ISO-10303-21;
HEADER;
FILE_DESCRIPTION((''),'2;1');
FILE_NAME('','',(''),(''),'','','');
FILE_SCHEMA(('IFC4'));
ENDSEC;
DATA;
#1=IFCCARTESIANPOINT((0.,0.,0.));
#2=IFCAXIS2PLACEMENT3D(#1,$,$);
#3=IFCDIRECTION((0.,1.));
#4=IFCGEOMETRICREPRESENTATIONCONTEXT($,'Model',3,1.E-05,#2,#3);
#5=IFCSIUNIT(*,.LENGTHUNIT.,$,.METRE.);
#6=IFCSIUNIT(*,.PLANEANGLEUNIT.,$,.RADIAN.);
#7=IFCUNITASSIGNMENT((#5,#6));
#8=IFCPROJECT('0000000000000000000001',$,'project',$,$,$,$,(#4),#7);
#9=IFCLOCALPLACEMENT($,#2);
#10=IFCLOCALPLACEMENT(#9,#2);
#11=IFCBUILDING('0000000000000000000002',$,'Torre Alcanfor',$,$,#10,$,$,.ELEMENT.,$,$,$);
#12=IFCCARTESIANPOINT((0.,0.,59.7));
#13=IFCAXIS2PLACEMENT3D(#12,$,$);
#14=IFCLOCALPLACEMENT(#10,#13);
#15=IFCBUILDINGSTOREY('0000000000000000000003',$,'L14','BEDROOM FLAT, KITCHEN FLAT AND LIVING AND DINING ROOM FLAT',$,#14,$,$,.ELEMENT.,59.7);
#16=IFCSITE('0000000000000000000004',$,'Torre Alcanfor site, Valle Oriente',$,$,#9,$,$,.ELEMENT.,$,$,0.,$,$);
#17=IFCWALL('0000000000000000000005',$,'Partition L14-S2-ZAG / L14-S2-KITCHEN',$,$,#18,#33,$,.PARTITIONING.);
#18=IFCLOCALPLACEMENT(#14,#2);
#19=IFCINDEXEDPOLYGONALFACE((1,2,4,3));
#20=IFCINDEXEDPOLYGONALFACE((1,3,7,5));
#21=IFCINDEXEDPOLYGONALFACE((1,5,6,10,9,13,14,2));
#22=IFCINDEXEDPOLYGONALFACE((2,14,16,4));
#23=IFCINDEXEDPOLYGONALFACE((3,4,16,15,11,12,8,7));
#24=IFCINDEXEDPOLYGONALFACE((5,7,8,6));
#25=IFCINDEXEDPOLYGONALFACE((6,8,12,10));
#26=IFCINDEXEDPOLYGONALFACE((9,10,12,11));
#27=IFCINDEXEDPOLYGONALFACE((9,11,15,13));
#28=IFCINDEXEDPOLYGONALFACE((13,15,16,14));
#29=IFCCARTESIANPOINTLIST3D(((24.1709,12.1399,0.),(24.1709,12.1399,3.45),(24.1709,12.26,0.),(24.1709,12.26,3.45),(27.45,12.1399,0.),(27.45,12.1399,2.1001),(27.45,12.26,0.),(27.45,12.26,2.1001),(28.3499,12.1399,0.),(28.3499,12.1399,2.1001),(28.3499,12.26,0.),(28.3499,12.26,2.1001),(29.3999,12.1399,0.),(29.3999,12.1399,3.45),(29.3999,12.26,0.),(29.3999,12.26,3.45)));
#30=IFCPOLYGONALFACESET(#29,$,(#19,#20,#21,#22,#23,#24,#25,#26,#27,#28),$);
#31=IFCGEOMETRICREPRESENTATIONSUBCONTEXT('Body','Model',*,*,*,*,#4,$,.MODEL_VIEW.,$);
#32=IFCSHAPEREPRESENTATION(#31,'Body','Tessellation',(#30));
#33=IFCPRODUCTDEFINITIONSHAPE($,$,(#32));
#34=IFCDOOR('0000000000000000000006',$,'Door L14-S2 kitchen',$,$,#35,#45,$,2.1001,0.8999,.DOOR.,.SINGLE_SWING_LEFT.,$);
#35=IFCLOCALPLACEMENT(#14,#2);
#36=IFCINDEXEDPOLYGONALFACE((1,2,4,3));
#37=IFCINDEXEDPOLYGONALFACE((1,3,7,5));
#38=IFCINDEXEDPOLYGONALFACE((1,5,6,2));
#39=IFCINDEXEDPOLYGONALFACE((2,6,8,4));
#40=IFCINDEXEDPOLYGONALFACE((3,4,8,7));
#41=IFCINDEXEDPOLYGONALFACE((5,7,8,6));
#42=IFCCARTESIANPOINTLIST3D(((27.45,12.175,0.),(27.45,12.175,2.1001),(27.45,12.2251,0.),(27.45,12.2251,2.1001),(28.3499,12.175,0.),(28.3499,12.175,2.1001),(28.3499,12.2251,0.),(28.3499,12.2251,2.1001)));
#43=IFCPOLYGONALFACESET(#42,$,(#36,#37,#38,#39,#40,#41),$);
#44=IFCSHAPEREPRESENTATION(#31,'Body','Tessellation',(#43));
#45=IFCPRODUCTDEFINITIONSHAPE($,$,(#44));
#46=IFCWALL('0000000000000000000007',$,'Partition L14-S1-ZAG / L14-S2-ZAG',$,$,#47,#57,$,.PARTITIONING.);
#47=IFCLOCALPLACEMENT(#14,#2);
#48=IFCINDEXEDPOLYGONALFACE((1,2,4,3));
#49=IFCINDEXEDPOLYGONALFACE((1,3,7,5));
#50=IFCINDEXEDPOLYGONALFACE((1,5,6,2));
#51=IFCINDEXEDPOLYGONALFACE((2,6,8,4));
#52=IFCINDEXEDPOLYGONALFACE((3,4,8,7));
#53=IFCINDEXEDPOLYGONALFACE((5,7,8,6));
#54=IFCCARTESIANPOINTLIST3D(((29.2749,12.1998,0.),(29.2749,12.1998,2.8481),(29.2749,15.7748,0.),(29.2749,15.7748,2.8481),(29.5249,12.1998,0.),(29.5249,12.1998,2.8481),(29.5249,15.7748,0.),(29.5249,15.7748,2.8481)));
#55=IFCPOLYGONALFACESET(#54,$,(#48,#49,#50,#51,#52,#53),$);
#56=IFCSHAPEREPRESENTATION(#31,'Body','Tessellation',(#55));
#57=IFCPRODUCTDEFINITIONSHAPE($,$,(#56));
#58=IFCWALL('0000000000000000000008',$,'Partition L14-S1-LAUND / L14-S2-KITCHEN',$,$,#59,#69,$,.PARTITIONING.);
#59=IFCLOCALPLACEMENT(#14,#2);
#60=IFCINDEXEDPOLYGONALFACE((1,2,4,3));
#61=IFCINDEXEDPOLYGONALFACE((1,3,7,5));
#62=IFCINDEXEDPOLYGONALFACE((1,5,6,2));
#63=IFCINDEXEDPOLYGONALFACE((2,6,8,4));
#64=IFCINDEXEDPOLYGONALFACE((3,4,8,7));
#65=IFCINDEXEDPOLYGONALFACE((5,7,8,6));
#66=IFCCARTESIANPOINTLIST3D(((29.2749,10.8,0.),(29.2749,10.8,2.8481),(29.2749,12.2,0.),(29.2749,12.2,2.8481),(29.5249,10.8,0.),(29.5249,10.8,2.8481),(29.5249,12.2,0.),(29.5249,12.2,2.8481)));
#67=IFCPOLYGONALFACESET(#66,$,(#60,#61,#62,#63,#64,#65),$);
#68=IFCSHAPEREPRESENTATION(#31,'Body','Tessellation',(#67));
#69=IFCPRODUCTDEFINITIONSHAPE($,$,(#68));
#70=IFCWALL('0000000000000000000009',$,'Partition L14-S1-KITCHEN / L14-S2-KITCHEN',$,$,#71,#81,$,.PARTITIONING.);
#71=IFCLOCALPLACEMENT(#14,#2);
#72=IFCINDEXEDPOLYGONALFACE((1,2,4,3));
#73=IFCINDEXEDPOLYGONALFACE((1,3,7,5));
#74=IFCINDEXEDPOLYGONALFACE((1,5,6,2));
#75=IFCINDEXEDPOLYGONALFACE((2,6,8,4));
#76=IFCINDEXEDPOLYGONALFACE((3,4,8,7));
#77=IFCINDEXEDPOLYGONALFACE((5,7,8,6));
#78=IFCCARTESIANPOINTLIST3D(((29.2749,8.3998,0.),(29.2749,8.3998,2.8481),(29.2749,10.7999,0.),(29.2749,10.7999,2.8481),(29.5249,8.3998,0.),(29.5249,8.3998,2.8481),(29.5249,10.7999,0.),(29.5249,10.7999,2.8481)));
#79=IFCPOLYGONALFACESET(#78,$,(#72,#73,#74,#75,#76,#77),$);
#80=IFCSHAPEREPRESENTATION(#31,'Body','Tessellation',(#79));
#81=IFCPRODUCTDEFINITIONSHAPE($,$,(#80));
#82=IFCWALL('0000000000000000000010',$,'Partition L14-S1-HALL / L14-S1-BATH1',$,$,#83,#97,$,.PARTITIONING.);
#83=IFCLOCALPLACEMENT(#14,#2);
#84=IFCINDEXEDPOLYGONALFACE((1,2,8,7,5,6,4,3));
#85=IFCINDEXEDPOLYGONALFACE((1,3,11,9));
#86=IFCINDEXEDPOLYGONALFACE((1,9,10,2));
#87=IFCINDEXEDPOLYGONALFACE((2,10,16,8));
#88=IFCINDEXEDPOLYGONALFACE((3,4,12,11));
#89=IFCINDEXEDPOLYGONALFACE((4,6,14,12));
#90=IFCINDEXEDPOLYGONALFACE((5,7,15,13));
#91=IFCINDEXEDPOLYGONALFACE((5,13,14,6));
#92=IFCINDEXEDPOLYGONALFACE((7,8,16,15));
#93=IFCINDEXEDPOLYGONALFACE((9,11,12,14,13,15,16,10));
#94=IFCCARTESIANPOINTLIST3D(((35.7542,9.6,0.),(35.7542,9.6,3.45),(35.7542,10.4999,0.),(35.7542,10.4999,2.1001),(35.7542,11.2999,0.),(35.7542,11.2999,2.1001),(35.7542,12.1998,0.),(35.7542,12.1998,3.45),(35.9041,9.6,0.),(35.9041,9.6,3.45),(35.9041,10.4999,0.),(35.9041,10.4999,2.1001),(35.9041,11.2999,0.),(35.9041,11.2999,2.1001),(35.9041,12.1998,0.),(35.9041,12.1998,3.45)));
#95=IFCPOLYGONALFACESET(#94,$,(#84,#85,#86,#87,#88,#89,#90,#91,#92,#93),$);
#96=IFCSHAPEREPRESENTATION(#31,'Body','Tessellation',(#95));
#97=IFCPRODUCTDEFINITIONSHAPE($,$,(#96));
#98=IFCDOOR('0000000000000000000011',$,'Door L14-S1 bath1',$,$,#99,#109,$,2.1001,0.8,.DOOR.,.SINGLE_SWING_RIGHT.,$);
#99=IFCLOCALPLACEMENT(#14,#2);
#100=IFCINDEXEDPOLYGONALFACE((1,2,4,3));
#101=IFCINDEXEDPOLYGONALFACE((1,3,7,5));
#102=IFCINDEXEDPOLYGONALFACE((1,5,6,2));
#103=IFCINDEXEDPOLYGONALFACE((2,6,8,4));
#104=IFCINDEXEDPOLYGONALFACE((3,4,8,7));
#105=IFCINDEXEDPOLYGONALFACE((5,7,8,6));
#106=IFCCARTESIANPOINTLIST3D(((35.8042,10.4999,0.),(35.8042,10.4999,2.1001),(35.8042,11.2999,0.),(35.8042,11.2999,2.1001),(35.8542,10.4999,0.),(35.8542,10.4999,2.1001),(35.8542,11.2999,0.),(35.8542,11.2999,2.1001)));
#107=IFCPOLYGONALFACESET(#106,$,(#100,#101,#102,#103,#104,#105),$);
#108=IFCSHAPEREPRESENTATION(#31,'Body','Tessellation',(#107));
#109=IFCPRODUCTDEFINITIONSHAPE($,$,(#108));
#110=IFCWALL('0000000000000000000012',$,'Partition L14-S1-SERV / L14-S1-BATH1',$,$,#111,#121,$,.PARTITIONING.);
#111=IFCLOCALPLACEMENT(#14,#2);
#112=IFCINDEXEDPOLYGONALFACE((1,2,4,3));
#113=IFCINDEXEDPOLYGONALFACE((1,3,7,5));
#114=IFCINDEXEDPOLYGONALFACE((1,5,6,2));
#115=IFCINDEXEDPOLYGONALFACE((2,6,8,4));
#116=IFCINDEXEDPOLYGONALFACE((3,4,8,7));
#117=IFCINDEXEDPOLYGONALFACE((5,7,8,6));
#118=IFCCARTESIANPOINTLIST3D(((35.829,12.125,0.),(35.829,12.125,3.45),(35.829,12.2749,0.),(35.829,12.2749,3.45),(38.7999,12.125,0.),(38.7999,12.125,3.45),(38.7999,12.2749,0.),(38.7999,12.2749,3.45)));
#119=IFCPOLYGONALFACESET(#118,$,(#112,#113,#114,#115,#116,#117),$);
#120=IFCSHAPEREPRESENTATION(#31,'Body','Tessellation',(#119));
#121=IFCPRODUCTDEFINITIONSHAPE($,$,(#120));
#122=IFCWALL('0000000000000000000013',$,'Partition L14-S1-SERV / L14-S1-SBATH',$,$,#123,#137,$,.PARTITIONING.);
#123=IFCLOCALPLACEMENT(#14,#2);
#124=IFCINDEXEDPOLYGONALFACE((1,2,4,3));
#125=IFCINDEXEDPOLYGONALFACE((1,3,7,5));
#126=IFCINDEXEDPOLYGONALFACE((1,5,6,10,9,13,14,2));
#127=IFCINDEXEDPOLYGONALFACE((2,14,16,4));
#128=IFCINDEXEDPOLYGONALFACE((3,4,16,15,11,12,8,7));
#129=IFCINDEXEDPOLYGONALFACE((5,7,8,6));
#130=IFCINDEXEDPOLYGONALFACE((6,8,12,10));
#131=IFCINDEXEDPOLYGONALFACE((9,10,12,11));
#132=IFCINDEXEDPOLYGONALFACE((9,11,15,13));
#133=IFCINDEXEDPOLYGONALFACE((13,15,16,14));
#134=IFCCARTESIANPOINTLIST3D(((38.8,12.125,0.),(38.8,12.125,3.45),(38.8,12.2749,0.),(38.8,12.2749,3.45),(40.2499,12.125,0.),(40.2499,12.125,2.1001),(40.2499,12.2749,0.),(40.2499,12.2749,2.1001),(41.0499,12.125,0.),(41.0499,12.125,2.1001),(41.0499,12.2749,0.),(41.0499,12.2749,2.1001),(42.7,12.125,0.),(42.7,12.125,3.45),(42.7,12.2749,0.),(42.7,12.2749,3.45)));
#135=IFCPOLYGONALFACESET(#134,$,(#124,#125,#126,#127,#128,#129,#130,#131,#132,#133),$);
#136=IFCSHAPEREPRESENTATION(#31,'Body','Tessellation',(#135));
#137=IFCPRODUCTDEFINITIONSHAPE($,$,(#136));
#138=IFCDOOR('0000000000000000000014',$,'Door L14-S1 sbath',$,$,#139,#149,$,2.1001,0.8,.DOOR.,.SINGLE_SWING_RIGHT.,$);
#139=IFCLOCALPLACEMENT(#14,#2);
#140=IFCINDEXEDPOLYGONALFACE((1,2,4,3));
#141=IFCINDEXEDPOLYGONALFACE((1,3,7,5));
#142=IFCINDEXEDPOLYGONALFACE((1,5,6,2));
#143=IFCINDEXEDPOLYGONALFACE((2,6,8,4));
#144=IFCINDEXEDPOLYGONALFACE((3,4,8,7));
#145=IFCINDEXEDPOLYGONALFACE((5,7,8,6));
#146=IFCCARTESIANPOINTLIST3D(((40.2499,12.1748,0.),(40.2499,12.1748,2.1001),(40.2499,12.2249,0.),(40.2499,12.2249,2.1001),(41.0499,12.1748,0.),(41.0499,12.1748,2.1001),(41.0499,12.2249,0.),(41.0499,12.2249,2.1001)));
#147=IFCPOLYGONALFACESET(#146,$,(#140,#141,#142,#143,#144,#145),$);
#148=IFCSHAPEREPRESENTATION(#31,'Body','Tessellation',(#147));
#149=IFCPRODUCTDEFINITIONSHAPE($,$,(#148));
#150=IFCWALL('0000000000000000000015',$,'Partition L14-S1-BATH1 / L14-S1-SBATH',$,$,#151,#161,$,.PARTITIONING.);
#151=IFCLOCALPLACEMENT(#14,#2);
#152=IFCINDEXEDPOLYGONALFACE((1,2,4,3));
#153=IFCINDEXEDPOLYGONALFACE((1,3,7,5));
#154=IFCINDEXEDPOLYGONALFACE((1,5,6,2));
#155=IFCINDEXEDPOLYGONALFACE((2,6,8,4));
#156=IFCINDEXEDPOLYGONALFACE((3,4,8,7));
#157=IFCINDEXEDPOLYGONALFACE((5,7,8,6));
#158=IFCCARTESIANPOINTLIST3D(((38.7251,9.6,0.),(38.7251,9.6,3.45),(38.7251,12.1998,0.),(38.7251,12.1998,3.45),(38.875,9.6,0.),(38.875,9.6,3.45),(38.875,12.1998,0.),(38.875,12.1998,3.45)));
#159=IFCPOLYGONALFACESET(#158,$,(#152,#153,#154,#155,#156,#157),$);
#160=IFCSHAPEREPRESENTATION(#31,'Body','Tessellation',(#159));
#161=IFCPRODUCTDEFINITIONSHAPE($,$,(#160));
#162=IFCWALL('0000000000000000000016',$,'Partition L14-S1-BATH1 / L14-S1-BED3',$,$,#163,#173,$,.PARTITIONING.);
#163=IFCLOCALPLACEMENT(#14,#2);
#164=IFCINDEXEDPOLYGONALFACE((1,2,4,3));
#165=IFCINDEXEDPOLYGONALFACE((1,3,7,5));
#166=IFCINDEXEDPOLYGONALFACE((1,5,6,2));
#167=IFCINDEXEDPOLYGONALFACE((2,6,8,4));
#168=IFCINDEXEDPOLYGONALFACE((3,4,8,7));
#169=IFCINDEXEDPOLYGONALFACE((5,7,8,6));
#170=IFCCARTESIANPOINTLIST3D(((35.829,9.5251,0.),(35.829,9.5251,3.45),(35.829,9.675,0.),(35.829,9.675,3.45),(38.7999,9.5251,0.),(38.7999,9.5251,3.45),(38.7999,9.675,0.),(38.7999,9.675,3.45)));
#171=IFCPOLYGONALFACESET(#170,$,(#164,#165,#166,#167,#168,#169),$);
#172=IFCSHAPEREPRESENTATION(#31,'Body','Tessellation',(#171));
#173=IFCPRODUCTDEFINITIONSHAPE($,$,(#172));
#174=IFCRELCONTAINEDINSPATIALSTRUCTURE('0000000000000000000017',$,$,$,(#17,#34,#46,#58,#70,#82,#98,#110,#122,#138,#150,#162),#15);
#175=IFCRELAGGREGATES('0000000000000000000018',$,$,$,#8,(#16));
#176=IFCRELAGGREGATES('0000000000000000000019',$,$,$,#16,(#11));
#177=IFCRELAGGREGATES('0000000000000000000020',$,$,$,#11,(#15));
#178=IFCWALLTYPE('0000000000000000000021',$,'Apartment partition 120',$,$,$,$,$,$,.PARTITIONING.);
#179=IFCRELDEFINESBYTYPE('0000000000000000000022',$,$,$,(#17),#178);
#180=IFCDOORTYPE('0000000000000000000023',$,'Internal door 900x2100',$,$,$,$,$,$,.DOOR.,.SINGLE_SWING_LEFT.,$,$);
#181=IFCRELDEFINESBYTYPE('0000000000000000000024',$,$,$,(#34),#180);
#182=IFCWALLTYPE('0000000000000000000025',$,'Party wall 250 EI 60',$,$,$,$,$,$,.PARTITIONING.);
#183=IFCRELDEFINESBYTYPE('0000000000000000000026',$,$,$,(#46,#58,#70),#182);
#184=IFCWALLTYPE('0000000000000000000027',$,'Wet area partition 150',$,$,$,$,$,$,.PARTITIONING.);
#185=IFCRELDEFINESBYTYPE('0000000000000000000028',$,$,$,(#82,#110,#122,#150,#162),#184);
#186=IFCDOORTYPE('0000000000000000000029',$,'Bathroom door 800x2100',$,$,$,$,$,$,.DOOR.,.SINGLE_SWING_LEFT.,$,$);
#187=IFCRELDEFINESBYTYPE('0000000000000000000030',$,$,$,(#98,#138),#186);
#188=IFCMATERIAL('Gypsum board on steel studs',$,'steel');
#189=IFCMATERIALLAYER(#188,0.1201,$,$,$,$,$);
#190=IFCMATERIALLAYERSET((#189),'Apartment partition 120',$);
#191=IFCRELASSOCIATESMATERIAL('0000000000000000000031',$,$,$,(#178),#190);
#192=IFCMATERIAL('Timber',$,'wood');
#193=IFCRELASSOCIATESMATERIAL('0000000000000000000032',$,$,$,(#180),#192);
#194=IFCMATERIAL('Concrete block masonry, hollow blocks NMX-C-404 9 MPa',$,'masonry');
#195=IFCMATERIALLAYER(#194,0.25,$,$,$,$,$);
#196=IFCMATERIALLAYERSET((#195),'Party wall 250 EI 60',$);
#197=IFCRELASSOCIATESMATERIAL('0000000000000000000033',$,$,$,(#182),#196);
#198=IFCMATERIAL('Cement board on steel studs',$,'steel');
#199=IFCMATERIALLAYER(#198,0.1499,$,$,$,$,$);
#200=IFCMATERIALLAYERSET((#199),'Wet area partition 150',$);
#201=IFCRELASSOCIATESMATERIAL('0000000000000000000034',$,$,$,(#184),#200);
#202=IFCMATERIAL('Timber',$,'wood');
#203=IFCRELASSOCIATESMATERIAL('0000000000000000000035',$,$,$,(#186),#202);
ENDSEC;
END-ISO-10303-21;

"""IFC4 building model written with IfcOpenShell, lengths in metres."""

from ifc_helpers import new_model, si_unit, direction, frame, frame_2d, origin, place, context, subcontext, project, spatial, rectangle, extrude, material, layer, layer_set, type_object, element, fill, save


model = new_model("IFC4")

# Units and contexts
model_context = context("Model", 3, precision=1e-05, world=origin(), true_north=direction((0.0, 1.0)))
body_context = subcontext(model_context, "Body", "Model", "MODEL_VIEW")
ifc_project = project(units=[si_unit("LENGTHUNIT", "METRE"), si_unit("PLANEANGLEUNIT", "RADIAN")], contexts=[model_context])

# Site, building, storey
site_placement = place(None, origin())
site = spatial("IfcSite", under=ifc_project, at=site_placement, Name="Torre Alcanfor site, Valle Oriente", CompositionType="ELEMENT", RefElevation=0.0)
building_placement = place(site_placement, origin())
building = spatial("IfcBuilding", under=site, at=building_placement, Name="Torre Alcanfor", CompositionType="ELEMENT")
storey_placement = place(building_placement, frame((0.0, 0.0, 59.7)))
storey = spatial("IfcBuildingStorey", under=building, at=storey_placement, Name="L14", Description="BEDROOM FLAT, KITCHEN FLAT AND LIVING AND DINING ROOM FLAT", CompositionType="ELEMENT", Elevation=59.7)

# Shared definitions
ifc_material_1 = material(Name="Gypsum board on steel studs", Category="steel")
ifc_layer_1 = layer(ifc_material_1, 0.1201)
ifc_layer_set_1 = layer_set([ifc_layer_1], Name="Apartment partition 120")
wall_type_1 = type_object("IfcWallType", Name="Apartment partition 120", PredefinedType="PARTITIONING", material=ifc_layer_set_1)

# Wall, opening, door
ifc_material_2 = material(Name="Timber", Category="wood")
door_type_1 = type_object("IfcDoorType", Name="Internal door 900x2100", OperationType="SINGLE_SWING_LEFT", PredefinedType="DOOR", material=ifc_material_2)
wall_1_placement = place(storey_placement, frame((29.3999, 12.2, 0.0), z_axis=(0.0, 0.0, 1.0), x_axis=(-1.0, 0.0, 0.0)))
wall_1 = element("IfcWall", 1, at=wall_1_placement, inside=storey, type_object=wall_type_1, Name="Partition L14-S2-ZAG / L14-S2-KITCHEN", PredefinedType="PARTITIONING", context=body_context, shape_type="SweptSolid", body=[
    extrude(rectangle(XDim=5.229, YDim=0.1201, at=frame_2d((2.6145, 0.0))), origin(), (0.0, 0.0, 1.0), 3.45),
])
opening_1_placement = place(wall_1_placement, frame((1.05, 0.0, 0.0)))
opening_1 = element("IfcOpeningElement", 2, at=opening_1_placement, cuts=wall_1, PredefinedType="OPENING", context=body_context, shape_type="SweptSolid", body=[
    extrude(rectangle(XDim=0.8999, YDim=2.1001, at=frame_2d((0.45, 1.05))), frame((0.0, 0.0701, 0.0), z_axis=(0.0, -1.0, 0.0), x_axis=(1.0, 0.0, 0.0)), (0.0, 0.0, 1.0), 0.1401),
])
door_1_placement = place(opening_1_placement, origin())
door_1 = element("IfcDoor", 3, at=door_1_placement, inside=storey, type_object=door_type_1, Name="Door L14-S2 kitchen", OperationType="SINGLE_SWING_LEFT", OverallHeight=2.1001, OverallWidth=0.8999, PredefinedType="DOOR", context=body_context, shape_type="SweptSolid", body=[
    extrude(rectangle(XDim=0.8999, YDim=2.1001, at=frame_2d((0.45, 1.05))), frame((0.0, 0.0249, 0.0), z_axis=(0.0, -1.0, 0.0), x_axis=(1.0, 0.0, 0.0)), (0.0, 0.0, 1.0), 0.05),
])
fill(opening_1, door_1)

# Walls
ifc_material_3 = material(Name="Concrete block masonry, hollow blocks NMX-C-404 9 MPa", Category="masonry")
ifc_layer_2 = layer(ifc_material_3, 0.25)
ifc_layer_set_2 = layer_set([ifc_layer_2], Name="Party wall 250 EI 60")
wall_type_2 = type_object("IfcWallType", Name="Party wall 250 EI 60", PredefinedType="PARTITIONING", material=ifc_layer_set_2)
wall_2_placement = place(storey_placement, frame((29.3999, 15.7749, 0.0), z_axis=(0.0, 0.0, 1.0), x_axis=(0.0, -1.0, 0.0)))
element("IfcWall", 4, at=wall_2_placement, inside=storey, type_object=wall_type_2, Name="Partition L14-S1-ZAG / L14-S2-ZAG", PredefinedType="PARTITIONING", context=body_context, shape_type="SweptSolid", body=[
    extrude(rectangle(XDim=3.575, YDim=0.25, at=frame_2d((1.7876, 0.0))), origin(), (0.0, 0.0, 1.0), 2.8481),
])
wall_3_placement = place(storey_placement, frame((29.3999, 12.2, 0.0), z_axis=(0.0, 0.0, 1.0), x_axis=(0.0, -1.0, 0.0)))
element("IfcWall", 5, at=wall_3_placement, inside=storey, type_object=wall_type_2, Name="Partition L14-S1-LAUND / L14-S2-KITCHEN", PredefinedType="PARTITIONING", context=body_context, shape_type="SweptSolid", body=[
    extrude(rectangle(XDim=1.3999, YDim=0.25, at=frame_2d((0.7, 0.0))), origin(), (0.0, 0.0, 1.0), 2.8481),
])
wall_4_placement = place(storey_placement, frame((29.3999, 10.8, 0.0), z_axis=(0.0, 0.0, 1.0), x_axis=(0.0, -1.0, 0.0)))
element("IfcWall", 6, at=wall_4_placement, inside=storey, type_object=wall_type_2, Name="Partition L14-S1-KITCHEN / L14-S2-KITCHEN", PredefinedType="PARTITIONING", context=body_context, shape_type="SweptSolid", body=[
    extrude(rectangle(XDim=2.4001, YDim=0.25, at=frame_2d((1.2002, 0.0))), origin(), (0.0, 0.0, 1.0), 2.8481),
])

# Wall, opening, door
ifc_material_4 = material(Name="Cement board on steel studs", Category="steel")
ifc_layer_3 = layer(ifc_material_4, 0.1499)
ifc_layer_set_3 = layer_set([ifc_layer_3], Name="Wet area partition 150")
wall_type_3 = type_object("IfcWallType", Name="Wet area partition 150", PredefinedType="PARTITIONING", material=ifc_layer_set_3)
wall_5_placement = place(storey_placement, frame((35.8291, 9.6001, 0.0), z_axis=(0.0, 0.0, 1.0), x_axis=(0.0, 1.0, 0.0)))
wall_5 = element("IfcWall", 7, at=wall_5_placement, inside=storey, type_object=wall_type_3, Name="Partition L14-S1-HALL / L14-S1-BATH1", PredefinedType="PARTITIONING", context=body_context, shape_type="SweptSolid", body=[
    extrude(rectangle(XDim=2.5999, YDim=0.1499, at=frame_2d((1.2998, 0.0))), origin(), (0.0, 0.0, 1.0), 3.45),
])
opening_2_placement = place(wall_5_placement, frame((0.8999, 0.0, 0.0)))
opening_2 = element("IfcOpeningElement", 8, at=opening_2_placement, cuts=wall_5, PredefinedType="OPENING", context=body_context, shape_type="SweptSolid", body=[
    extrude(rectangle(XDim=0.8, YDim=2.1001, at=frame_2d((0.3999, 1.05))), frame((0.0, 0.085, 0.0), z_axis=(0.0, -1.0, 0.0), x_axis=(1.0, 0.0, 0.0)), (0.0, 0.0, 1.0), 0.1699),
])
ifc_material_5 = material(Name="Timber", Category="wood")
door_type_2 = type_object("IfcDoorType", Name="Bathroom door 800x2100", OperationType="SINGLE_SWING_LEFT", PredefinedType="DOOR", material=ifc_material_5)
door_2_placement = place(opening_2_placement, frame((0.8, 0.0, 0.0), z_axis=(0.0, 0.0, 1.0), x_axis=(-1.0, 0.0, 0.0)))
door_2 = element("IfcDoor", 9, at=door_2_placement, inside=storey, type_object=door_type_2, Name="Door L14-S1 bath1", OperationType="SINGLE_SWING_RIGHT", OverallHeight=2.1001, OverallWidth=0.8, PredefinedType="DOOR", context=body_context, shape_type="SweptSolid", body=[
    extrude(rectangle(XDim=0.8, YDim=2.1001, at=frame_2d((0.4001, 1.05))), frame((0.0, 0.0251, 0.0), z_axis=(0.0, -1.0, 0.0), x_axis=(1.0, 0.0, 0.0)), (0.0, 0.0, 1.0), 0.05),
])
fill(opening_2, door_2)

# Wall
wall_6_placement = place(storey_placement, frame((35.8291, 12.2, 0.0), z_axis=(0.0, 0.0, 1.0), x_axis=(1.0, 0.0, 0.0)))
element("IfcWall", 10, at=wall_6_placement, inside=storey, type_object=wall_type_3, Name="Partition L14-S1-SERV / L14-S1-BATH1", PredefinedType="PARTITIONING", context=body_context, shape_type="SweptSolid", body=[
    extrude(rectangle(XDim=2.9709, YDim=0.1499, at=frame_2d((1.4854, 0.0))), origin(), (0.0, 0.0, 1.0), 3.45),
])

# Wall, opening, door
wall_7_placement = place(storey_placement, frame((38.8, 12.2, 0.0), z_axis=(0.0, 0.0, 1.0), x_axis=(1.0, 0.0, 0.0)))
wall_7 = element("IfcWall", 11, at=wall_7_placement, inside=storey, type_object=wall_type_3, Name="Partition L14-S1-SERV / L14-S1-SBATH", PredefinedType="PARTITIONING", context=body_context, shape_type="SweptSolid", body=[
    extrude(rectangle(XDim=3.8999, YDim=0.1499, at=frame_2d((1.95, 0.0))), origin(), (0.0, 0.0, 1.0), 3.45),
])
opening_3_placement = place(wall_7_placement, frame((1.45, 0.0, 0.0)))
opening_3 = element("IfcOpeningElement", 12, at=opening_3_placement, cuts=wall_7, PredefinedType="OPENING", context=body_context, shape_type="SweptSolid", body=[
    extrude(rectangle(XDim=0.8, YDim=2.1001, at=frame_2d((0.3999, 1.05))), frame((0.0, 0.085, 0.0), z_axis=(0.0, -1.0, 0.0), x_axis=(1.0, 0.0, 0.0)), (0.0, 0.0, 1.0), 0.1699),
])
door_3_placement = place(opening_3_placement, frame((0.8, 0.0, 0.0), z_axis=(0.0, 0.0, 1.0), x_axis=(-1.0, 0.0, 0.0)))
door_3 = element("IfcDoor", 13, at=door_3_placement, inside=storey, type_object=door_type_2, Name="Door L14-S1 sbath", OperationType="SINGLE_SWING_RIGHT", OverallHeight=2.1001, OverallWidth=0.8, PredefinedType="DOOR", context=body_context, shape_type="SweptSolid", body=[
    extrude(rectangle(XDim=0.8, YDim=2.1001, at=frame_2d((0.4001, 1.05))), frame((0.0, 0.0251, 0.0), z_axis=(0.0, -1.0, 0.0), x_axis=(1.0, 0.0, 0.0)), (0.0, 0.0, 1.0), 0.05),
])
fill(opening_3, door_3)

# Walls
wall_8_placement = place(storey_placement, frame((38.8, 9.6001, 0.0), z_axis=(0.0, 0.0, 1.0), x_axis=(0.0, 1.0, 0.0)))
element("IfcWall", 14, at=wall_8_placement, inside=storey, type_object=wall_type_3, Name="Partition L14-S1-BATH1 / L14-S1-SBATH", PredefinedType="PARTITIONING", context=body_context, shape_type="SweptSolid", body=[
    extrude(rectangle(XDim=2.5999, YDim=0.1499, at=frame_2d((1.2998, 0.0))), origin(), (0.0, 0.0, 1.0), 3.45),
])
wall_9_placement = place(storey_placement, frame((35.8291, 9.6001, 0.0), z_axis=(0.0, 0.0, 1.0), x_axis=(1.0, 0.0, 0.0)))
element("IfcWall", 15, at=wall_9_placement, inside=storey, type_object=wall_type_3, Name="Partition L14-S1-BATH1 / L14-S1-BED3", PredefinedType="PARTITIONING", context=body_context, shape_type="SweptSolid", body=[
    extrude(rectangle(XDim=2.9709, YDim=0.1499, at=frame_2d((1.4854, 0.0))), origin(), (0.0, 0.0, 1.0), 3.45),
])

save(model, "model.ifc")
